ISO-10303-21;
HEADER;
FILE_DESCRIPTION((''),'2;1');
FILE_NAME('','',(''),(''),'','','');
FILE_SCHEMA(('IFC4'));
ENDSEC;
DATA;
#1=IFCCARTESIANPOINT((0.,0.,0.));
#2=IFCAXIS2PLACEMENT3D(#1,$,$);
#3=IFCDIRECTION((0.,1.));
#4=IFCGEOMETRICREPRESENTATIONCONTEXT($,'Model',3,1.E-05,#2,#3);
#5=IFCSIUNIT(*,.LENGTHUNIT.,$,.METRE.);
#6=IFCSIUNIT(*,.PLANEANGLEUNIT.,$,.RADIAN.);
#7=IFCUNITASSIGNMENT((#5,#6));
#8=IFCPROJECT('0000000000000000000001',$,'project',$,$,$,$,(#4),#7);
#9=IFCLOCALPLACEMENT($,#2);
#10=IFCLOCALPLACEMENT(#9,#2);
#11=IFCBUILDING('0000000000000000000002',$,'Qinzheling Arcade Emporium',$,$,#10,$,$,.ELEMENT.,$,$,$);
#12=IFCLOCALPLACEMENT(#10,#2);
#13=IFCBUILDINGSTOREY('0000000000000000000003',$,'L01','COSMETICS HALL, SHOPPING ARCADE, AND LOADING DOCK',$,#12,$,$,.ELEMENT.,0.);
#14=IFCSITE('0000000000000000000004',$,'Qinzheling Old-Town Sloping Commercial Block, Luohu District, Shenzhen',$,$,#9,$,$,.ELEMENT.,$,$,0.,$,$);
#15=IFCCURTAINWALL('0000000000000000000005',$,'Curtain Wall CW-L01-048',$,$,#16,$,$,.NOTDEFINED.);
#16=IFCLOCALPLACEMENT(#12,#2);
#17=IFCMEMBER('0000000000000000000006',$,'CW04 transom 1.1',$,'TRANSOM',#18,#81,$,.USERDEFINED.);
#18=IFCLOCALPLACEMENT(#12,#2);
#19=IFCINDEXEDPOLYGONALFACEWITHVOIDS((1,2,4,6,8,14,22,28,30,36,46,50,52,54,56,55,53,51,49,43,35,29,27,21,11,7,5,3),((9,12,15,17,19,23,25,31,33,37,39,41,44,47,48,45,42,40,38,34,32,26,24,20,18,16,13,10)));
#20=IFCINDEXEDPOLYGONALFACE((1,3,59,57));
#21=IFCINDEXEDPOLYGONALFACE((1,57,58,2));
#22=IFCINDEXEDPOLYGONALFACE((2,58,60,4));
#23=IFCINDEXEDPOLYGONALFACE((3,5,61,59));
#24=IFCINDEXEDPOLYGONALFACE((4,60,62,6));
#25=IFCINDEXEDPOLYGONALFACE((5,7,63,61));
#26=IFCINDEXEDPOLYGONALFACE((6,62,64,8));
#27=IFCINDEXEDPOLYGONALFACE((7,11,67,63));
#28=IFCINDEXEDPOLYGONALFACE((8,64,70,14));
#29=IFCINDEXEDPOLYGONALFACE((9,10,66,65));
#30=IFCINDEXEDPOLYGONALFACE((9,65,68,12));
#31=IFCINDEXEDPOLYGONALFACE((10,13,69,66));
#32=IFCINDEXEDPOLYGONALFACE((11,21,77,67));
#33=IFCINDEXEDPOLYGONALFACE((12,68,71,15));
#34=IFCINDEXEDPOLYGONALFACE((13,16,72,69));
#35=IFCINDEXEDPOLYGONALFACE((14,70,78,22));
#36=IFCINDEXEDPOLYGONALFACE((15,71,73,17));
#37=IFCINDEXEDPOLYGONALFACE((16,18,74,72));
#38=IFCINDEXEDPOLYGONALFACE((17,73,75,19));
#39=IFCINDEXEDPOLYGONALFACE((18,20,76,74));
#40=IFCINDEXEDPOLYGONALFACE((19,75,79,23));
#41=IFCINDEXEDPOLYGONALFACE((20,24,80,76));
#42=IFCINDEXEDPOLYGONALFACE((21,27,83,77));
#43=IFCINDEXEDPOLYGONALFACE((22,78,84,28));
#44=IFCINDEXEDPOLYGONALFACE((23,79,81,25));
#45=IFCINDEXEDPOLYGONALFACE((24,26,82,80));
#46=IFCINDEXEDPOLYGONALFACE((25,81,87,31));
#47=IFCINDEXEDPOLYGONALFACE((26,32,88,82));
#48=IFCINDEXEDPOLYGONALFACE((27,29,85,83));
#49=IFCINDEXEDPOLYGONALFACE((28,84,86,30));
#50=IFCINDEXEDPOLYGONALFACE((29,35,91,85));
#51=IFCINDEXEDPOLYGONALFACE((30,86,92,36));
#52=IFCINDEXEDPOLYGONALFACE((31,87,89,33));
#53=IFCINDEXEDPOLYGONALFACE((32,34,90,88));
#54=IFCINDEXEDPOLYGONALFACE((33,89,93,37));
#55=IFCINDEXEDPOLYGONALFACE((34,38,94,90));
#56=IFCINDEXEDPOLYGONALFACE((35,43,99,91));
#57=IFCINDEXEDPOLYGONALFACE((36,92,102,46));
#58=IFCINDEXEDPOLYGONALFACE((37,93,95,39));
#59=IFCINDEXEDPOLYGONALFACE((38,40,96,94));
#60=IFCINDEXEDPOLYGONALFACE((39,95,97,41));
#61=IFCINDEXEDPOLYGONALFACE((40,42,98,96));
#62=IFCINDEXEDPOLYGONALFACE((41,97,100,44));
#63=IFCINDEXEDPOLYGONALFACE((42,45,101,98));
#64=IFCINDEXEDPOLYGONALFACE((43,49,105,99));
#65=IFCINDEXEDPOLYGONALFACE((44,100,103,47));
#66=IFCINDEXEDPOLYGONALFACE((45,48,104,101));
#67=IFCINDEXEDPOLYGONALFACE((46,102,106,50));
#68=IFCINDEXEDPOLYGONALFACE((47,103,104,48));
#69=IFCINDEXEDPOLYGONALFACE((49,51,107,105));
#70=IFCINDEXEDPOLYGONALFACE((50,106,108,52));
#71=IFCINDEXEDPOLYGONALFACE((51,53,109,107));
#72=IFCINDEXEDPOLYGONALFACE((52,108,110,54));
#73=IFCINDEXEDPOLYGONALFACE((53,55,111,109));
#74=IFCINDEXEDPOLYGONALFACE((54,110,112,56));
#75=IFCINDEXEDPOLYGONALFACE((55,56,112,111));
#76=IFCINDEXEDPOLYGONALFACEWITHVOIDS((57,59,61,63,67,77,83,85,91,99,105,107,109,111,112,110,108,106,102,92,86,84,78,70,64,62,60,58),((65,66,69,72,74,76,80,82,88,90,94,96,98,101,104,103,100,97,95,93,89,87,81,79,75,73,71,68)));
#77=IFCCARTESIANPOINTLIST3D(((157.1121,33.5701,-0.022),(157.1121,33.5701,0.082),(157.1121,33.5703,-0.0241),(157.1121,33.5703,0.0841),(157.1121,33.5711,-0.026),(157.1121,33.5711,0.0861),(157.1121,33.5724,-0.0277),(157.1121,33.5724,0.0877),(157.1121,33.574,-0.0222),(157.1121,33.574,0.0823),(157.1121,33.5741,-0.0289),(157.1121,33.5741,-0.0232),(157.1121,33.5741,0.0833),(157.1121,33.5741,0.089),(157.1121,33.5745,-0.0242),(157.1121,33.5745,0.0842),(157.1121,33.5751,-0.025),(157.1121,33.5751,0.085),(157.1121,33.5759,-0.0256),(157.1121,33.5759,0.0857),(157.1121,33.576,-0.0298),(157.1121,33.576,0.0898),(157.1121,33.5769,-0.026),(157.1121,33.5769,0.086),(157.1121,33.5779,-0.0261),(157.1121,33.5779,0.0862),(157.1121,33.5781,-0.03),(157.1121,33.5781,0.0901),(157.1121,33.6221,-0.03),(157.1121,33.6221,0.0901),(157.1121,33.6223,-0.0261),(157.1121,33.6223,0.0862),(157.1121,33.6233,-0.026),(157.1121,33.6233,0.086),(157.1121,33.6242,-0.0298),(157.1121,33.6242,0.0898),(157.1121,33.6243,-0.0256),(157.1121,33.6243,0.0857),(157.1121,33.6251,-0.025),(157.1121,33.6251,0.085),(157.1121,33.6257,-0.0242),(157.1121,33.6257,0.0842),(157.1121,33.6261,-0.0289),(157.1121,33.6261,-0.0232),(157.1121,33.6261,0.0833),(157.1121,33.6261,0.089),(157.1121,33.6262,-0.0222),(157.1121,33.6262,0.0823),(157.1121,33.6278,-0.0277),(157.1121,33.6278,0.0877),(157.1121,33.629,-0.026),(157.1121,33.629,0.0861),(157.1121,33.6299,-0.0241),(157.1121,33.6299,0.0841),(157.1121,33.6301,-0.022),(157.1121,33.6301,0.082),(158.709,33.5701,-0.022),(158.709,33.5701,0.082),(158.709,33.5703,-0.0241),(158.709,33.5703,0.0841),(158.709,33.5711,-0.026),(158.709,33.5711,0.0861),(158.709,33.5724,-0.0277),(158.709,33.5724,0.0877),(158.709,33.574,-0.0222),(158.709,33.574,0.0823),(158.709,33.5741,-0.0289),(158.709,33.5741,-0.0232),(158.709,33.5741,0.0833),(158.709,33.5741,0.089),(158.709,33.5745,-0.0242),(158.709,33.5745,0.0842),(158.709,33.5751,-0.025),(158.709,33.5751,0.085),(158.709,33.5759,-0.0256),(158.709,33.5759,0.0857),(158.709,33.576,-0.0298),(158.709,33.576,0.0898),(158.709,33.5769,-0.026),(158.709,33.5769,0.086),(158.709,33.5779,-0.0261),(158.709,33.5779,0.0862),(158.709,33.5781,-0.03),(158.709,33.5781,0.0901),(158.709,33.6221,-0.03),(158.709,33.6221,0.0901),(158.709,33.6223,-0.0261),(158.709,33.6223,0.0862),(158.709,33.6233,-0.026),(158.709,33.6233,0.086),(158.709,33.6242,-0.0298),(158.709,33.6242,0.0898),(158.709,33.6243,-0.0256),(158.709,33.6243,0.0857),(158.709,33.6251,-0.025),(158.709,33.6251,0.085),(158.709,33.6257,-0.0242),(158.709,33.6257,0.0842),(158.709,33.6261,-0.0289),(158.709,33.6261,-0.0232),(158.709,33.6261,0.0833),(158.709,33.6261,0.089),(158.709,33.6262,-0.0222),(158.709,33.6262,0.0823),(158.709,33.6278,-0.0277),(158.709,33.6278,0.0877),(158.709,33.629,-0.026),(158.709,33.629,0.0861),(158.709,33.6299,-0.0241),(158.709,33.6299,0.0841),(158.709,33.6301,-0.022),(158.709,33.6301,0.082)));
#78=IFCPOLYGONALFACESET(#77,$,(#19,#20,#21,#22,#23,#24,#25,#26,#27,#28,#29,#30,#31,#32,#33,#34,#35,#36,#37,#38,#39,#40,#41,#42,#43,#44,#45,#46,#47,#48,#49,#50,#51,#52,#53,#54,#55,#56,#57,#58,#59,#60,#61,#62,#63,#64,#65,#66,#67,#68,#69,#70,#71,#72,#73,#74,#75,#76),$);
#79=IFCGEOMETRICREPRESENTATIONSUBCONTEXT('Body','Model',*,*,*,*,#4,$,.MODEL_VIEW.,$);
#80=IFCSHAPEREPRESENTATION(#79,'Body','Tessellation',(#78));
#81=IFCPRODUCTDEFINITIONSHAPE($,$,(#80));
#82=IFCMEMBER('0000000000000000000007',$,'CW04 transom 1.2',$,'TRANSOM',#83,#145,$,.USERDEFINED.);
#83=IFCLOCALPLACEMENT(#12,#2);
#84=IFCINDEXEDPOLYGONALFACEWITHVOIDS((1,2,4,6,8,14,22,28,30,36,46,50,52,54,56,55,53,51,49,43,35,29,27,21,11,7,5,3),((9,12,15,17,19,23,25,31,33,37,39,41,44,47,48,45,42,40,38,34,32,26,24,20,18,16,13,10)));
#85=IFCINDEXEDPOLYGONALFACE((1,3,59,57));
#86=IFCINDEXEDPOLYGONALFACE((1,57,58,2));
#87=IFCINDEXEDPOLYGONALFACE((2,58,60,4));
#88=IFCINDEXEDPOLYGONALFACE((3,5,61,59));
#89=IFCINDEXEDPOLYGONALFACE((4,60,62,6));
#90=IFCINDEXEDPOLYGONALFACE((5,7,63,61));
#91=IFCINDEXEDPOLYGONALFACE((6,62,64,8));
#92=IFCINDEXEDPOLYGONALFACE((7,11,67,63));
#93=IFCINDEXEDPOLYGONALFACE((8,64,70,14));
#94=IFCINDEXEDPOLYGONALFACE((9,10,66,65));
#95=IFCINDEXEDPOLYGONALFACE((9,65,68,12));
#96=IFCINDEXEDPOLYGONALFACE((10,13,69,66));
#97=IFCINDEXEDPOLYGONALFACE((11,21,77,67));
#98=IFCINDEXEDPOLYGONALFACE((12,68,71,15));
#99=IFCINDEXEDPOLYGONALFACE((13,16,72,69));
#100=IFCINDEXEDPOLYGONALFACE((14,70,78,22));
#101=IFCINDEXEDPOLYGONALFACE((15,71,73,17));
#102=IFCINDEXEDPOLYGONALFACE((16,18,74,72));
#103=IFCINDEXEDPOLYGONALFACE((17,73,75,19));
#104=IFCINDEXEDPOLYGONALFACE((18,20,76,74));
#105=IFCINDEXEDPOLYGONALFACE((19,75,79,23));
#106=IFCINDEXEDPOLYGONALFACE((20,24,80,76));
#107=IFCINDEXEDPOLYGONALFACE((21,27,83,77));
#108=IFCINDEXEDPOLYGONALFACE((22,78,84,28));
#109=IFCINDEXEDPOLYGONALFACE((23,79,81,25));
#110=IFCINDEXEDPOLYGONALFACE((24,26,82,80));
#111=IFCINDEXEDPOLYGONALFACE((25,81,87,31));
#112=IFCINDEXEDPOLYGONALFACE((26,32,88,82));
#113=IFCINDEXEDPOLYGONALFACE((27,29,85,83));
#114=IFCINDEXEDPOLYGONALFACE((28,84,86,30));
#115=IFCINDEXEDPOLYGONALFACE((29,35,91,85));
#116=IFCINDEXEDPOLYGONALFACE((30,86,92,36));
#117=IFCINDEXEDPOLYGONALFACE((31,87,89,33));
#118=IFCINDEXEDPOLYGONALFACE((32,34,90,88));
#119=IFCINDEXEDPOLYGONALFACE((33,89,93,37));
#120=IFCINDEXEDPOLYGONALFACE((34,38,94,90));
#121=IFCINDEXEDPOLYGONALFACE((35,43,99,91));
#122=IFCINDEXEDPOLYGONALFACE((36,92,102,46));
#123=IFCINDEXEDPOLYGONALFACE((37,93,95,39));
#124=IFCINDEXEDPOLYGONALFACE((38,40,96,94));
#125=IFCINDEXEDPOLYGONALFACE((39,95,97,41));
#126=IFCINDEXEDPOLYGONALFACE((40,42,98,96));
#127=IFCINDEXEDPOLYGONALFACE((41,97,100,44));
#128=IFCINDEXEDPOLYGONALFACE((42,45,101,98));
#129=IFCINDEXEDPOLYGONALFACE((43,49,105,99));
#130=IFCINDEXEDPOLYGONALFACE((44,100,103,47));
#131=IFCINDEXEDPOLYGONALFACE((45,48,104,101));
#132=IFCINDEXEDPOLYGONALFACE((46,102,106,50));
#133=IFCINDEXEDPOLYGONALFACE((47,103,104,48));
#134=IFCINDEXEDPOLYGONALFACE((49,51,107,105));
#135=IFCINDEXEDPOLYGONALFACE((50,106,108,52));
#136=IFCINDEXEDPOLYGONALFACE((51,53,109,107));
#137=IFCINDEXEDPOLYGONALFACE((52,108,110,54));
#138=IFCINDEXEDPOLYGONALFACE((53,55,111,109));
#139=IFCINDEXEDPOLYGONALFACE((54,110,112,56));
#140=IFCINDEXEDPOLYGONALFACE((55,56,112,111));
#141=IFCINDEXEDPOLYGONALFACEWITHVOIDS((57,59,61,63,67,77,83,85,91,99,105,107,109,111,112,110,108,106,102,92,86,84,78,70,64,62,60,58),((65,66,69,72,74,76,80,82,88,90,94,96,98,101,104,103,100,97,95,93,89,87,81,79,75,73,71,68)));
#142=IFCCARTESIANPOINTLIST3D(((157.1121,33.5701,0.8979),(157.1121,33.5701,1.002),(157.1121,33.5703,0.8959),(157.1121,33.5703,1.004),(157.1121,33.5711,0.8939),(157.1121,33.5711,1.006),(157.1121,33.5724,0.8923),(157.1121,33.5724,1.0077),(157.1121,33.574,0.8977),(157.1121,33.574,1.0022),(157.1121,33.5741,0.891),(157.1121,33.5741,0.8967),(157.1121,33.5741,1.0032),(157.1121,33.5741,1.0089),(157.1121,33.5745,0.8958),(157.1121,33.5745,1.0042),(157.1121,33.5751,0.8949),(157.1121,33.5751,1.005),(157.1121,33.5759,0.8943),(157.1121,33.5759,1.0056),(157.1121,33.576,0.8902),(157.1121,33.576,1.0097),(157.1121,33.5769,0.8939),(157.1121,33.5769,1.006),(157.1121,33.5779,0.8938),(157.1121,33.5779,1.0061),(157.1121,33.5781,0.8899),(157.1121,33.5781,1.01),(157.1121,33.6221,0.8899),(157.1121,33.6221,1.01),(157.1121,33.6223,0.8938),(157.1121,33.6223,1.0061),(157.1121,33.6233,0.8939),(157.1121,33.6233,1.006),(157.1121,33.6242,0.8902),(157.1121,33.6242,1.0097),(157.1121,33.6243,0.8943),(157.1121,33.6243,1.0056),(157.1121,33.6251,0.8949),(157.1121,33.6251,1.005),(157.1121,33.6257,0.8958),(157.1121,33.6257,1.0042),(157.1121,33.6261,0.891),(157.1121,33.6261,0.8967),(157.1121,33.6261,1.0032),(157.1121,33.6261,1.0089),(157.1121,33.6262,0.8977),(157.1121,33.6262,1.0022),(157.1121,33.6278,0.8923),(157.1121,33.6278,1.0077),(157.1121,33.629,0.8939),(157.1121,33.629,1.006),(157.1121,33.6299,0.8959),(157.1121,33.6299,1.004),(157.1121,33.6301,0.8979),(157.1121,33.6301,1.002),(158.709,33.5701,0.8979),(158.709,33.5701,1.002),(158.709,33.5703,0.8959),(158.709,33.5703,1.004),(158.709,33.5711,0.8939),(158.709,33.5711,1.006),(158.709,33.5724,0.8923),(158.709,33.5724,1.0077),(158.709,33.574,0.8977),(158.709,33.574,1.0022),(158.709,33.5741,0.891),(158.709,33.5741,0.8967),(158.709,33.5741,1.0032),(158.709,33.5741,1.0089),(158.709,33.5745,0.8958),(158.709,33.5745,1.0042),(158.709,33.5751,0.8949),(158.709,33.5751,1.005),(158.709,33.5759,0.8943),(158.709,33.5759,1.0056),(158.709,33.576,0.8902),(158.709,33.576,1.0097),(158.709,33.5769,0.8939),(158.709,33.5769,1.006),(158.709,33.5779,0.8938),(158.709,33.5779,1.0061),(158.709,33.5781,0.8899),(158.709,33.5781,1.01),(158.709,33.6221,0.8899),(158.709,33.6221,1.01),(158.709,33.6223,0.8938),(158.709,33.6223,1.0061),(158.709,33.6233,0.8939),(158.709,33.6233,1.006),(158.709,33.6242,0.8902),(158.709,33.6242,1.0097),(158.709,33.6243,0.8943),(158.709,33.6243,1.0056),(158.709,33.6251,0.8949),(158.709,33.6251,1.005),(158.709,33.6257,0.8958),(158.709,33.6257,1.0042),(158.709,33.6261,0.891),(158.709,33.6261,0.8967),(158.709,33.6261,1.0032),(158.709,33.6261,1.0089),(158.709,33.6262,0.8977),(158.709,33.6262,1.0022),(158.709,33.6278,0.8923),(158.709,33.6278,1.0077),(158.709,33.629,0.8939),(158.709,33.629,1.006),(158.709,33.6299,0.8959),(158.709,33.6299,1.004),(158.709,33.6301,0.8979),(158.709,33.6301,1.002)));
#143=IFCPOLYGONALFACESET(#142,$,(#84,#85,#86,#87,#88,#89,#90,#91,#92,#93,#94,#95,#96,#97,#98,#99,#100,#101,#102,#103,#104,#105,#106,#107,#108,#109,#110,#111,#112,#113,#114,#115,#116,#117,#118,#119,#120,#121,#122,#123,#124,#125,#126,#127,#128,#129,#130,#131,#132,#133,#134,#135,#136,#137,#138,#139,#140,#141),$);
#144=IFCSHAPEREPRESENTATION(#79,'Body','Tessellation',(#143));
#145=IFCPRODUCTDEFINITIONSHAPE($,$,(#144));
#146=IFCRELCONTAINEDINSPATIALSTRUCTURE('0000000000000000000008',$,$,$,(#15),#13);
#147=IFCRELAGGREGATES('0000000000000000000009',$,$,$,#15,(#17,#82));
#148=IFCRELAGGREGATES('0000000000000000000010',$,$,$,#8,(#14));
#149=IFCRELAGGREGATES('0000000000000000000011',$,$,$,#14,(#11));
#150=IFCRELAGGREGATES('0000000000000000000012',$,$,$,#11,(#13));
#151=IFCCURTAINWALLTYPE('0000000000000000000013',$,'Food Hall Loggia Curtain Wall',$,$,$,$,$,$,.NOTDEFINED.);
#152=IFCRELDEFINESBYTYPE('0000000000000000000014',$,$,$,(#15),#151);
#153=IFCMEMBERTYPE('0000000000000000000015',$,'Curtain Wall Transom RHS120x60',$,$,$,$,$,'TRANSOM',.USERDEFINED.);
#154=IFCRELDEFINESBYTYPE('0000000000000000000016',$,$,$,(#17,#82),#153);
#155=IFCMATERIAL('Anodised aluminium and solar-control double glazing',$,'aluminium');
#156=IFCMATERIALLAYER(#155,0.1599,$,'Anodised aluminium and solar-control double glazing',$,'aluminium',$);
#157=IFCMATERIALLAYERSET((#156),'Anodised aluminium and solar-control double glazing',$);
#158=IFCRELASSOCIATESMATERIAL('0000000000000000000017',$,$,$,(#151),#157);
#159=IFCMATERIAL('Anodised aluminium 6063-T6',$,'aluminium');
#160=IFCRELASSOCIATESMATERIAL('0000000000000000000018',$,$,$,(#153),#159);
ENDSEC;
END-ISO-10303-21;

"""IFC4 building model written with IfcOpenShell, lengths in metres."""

from ifc_helpers import new_model, si_unit, direction, frame, origin, origin_2d, place, context, subcontext, project, spatial, hollow_rectangle, extrude, material, layer, layer_set, material_profile, profile_set, type_object, element, aggregate, save


model = new_model("IFC4")

# Units and contexts
model_context = context("Model", 3, precision=1e-05, world=origin(), true_north=direction((0.0, 1.0)))
body_context = subcontext(model_context, "Body", "Model", "MODEL_VIEW")
ifc_project = project(units=[si_unit("LENGTHUNIT", "METRE"), si_unit("PLANEANGLEUNIT", "RADIAN")], contexts=[model_context])

# Site, building, storey
site_placement = place(None, origin())
site = spatial("IfcSite", under=ifc_project, at=site_placement, Name="Qinzheling Old-Town Sloping Commercial Block, Luohu District, Shenzhen", CompositionType="ELEMENT", RefElevation=0.0)
building_placement = place(site_placement, origin())
building = spatial("IfcBuilding", under=site, at=building_placement, Name="Qinzheling Arcade Emporium", CompositionType="ELEMENT")
storey_placement = place(building_placement, origin())
storey = spatial("IfcBuildingStorey", under=building, at=storey_placement, Name="L01", Description="COSMETICS HALL, SHOPPING ARCADE, AND LOADING DOCK", CompositionType="ELEMENT", Elevation=0.0)

# Curtain wall, members
ifc_material_1 = material(Name="Anodised aluminium and solar-control double glazing", Category="aluminium")
ifc_layer_1 = layer(ifc_material_1, 0.1599, Name="Anodised aluminium and solar-control double glazing", Category="aluminium")
ifc_layer_set_1 = layer_set([ifc_layer_1], Name="Anodised aluminium and solar-control double glazing")
curtain_wall_type = type_object("IfcCurtainWallType", Name="Food Hall Loggia Curtain Wall", PredefinedType="NOTDEFINED", material=ifc_layer_set_1)
curtain_wall_placement = place(storey_placement, origin())
curtain_wall = element("IfcCurtainWall", 1, at=curtain_wall_placement, inside=storey, type_object=curtain_wall_type, Name="Curtain Wall CW-L01-048", PredefinedType="NOTDEFINED")
ifc_material_2 = material(Name="Anodised aluminium 6063-T6", Category="aluminium")
ifc_material_profile_1 = material_profile(ifc_material_2, hollow_rectangle(XDim=0.0601, YDim=0.1201, WallThickness=0.0039, InnerFilletRadius=0.0039, OuterFilletRadius=0.0081, at=origin_2d()), Name="RHS 120x60x4", Category="aluminium")
ifc_profile_set_1 = profile_set([ifc_material_profile_1], Name="Anodised aluminium 6063-T6")
member_type_1 = type_object("IfcMemberType", Name="Curtain Wall Transom RHS120x60", ElementType="TRANSOM", PredefinedType="USERDEFINED", material=ifc_profile_set_1)
member_1_placement = place(storey_placement, frame((157.1121, 33.6001, 0.03), z_axis=(1.0, 0.0, 0.0), x_axis=(0.0, 1.0, 0.0)))
member_1 = element("IfcMember", 2, at=member_1_placement, type_object=member_type_1, Name="CW04 transom 1.1", ObjectType="TRANSOM", PredefinedType="USERDEFINED", context=body_context, shape_type="SweptSolid", body=[
    extrude(hollow_rectangle(XDim=0.0601, YDim=0.1201, WallThickness=0.0039, InnerFilletRadius=0.0039, OuterFilletRadius=0.0081, at=origin_2d()), origin(), (0.0, 0.0, 1.0), 1.5969),
])
member_2_placement = place(storey_placement, frame((157.1121, 33.6001, 0.95), z_axis=(1.0, 0.0, 0.0), x_axis=(0.0, 1.0, 0.0)))
member_2 = element("IfcMember", 3, at=member_2_placement, type_object=member_type_1, Name="CW04 transom 1.2", ObjectType="TRANSOM", PredefinedType="USERDEFINED", context=body_context, shape_type="SweptSolid", body=[
    extrude(hollow_rectangle(XDim=0.0601, YDim=0.1201, WallThickness=0.0039, InnerFilletRadius=0.0039, OuterFilletRadius=0.0081, at=origin_2d()), origin(), (0.0, 0.0, 1.0), 1.5969),
])
aggregate(curtain_wall, [member_1, member_2])

save(model, "model.ifc")
